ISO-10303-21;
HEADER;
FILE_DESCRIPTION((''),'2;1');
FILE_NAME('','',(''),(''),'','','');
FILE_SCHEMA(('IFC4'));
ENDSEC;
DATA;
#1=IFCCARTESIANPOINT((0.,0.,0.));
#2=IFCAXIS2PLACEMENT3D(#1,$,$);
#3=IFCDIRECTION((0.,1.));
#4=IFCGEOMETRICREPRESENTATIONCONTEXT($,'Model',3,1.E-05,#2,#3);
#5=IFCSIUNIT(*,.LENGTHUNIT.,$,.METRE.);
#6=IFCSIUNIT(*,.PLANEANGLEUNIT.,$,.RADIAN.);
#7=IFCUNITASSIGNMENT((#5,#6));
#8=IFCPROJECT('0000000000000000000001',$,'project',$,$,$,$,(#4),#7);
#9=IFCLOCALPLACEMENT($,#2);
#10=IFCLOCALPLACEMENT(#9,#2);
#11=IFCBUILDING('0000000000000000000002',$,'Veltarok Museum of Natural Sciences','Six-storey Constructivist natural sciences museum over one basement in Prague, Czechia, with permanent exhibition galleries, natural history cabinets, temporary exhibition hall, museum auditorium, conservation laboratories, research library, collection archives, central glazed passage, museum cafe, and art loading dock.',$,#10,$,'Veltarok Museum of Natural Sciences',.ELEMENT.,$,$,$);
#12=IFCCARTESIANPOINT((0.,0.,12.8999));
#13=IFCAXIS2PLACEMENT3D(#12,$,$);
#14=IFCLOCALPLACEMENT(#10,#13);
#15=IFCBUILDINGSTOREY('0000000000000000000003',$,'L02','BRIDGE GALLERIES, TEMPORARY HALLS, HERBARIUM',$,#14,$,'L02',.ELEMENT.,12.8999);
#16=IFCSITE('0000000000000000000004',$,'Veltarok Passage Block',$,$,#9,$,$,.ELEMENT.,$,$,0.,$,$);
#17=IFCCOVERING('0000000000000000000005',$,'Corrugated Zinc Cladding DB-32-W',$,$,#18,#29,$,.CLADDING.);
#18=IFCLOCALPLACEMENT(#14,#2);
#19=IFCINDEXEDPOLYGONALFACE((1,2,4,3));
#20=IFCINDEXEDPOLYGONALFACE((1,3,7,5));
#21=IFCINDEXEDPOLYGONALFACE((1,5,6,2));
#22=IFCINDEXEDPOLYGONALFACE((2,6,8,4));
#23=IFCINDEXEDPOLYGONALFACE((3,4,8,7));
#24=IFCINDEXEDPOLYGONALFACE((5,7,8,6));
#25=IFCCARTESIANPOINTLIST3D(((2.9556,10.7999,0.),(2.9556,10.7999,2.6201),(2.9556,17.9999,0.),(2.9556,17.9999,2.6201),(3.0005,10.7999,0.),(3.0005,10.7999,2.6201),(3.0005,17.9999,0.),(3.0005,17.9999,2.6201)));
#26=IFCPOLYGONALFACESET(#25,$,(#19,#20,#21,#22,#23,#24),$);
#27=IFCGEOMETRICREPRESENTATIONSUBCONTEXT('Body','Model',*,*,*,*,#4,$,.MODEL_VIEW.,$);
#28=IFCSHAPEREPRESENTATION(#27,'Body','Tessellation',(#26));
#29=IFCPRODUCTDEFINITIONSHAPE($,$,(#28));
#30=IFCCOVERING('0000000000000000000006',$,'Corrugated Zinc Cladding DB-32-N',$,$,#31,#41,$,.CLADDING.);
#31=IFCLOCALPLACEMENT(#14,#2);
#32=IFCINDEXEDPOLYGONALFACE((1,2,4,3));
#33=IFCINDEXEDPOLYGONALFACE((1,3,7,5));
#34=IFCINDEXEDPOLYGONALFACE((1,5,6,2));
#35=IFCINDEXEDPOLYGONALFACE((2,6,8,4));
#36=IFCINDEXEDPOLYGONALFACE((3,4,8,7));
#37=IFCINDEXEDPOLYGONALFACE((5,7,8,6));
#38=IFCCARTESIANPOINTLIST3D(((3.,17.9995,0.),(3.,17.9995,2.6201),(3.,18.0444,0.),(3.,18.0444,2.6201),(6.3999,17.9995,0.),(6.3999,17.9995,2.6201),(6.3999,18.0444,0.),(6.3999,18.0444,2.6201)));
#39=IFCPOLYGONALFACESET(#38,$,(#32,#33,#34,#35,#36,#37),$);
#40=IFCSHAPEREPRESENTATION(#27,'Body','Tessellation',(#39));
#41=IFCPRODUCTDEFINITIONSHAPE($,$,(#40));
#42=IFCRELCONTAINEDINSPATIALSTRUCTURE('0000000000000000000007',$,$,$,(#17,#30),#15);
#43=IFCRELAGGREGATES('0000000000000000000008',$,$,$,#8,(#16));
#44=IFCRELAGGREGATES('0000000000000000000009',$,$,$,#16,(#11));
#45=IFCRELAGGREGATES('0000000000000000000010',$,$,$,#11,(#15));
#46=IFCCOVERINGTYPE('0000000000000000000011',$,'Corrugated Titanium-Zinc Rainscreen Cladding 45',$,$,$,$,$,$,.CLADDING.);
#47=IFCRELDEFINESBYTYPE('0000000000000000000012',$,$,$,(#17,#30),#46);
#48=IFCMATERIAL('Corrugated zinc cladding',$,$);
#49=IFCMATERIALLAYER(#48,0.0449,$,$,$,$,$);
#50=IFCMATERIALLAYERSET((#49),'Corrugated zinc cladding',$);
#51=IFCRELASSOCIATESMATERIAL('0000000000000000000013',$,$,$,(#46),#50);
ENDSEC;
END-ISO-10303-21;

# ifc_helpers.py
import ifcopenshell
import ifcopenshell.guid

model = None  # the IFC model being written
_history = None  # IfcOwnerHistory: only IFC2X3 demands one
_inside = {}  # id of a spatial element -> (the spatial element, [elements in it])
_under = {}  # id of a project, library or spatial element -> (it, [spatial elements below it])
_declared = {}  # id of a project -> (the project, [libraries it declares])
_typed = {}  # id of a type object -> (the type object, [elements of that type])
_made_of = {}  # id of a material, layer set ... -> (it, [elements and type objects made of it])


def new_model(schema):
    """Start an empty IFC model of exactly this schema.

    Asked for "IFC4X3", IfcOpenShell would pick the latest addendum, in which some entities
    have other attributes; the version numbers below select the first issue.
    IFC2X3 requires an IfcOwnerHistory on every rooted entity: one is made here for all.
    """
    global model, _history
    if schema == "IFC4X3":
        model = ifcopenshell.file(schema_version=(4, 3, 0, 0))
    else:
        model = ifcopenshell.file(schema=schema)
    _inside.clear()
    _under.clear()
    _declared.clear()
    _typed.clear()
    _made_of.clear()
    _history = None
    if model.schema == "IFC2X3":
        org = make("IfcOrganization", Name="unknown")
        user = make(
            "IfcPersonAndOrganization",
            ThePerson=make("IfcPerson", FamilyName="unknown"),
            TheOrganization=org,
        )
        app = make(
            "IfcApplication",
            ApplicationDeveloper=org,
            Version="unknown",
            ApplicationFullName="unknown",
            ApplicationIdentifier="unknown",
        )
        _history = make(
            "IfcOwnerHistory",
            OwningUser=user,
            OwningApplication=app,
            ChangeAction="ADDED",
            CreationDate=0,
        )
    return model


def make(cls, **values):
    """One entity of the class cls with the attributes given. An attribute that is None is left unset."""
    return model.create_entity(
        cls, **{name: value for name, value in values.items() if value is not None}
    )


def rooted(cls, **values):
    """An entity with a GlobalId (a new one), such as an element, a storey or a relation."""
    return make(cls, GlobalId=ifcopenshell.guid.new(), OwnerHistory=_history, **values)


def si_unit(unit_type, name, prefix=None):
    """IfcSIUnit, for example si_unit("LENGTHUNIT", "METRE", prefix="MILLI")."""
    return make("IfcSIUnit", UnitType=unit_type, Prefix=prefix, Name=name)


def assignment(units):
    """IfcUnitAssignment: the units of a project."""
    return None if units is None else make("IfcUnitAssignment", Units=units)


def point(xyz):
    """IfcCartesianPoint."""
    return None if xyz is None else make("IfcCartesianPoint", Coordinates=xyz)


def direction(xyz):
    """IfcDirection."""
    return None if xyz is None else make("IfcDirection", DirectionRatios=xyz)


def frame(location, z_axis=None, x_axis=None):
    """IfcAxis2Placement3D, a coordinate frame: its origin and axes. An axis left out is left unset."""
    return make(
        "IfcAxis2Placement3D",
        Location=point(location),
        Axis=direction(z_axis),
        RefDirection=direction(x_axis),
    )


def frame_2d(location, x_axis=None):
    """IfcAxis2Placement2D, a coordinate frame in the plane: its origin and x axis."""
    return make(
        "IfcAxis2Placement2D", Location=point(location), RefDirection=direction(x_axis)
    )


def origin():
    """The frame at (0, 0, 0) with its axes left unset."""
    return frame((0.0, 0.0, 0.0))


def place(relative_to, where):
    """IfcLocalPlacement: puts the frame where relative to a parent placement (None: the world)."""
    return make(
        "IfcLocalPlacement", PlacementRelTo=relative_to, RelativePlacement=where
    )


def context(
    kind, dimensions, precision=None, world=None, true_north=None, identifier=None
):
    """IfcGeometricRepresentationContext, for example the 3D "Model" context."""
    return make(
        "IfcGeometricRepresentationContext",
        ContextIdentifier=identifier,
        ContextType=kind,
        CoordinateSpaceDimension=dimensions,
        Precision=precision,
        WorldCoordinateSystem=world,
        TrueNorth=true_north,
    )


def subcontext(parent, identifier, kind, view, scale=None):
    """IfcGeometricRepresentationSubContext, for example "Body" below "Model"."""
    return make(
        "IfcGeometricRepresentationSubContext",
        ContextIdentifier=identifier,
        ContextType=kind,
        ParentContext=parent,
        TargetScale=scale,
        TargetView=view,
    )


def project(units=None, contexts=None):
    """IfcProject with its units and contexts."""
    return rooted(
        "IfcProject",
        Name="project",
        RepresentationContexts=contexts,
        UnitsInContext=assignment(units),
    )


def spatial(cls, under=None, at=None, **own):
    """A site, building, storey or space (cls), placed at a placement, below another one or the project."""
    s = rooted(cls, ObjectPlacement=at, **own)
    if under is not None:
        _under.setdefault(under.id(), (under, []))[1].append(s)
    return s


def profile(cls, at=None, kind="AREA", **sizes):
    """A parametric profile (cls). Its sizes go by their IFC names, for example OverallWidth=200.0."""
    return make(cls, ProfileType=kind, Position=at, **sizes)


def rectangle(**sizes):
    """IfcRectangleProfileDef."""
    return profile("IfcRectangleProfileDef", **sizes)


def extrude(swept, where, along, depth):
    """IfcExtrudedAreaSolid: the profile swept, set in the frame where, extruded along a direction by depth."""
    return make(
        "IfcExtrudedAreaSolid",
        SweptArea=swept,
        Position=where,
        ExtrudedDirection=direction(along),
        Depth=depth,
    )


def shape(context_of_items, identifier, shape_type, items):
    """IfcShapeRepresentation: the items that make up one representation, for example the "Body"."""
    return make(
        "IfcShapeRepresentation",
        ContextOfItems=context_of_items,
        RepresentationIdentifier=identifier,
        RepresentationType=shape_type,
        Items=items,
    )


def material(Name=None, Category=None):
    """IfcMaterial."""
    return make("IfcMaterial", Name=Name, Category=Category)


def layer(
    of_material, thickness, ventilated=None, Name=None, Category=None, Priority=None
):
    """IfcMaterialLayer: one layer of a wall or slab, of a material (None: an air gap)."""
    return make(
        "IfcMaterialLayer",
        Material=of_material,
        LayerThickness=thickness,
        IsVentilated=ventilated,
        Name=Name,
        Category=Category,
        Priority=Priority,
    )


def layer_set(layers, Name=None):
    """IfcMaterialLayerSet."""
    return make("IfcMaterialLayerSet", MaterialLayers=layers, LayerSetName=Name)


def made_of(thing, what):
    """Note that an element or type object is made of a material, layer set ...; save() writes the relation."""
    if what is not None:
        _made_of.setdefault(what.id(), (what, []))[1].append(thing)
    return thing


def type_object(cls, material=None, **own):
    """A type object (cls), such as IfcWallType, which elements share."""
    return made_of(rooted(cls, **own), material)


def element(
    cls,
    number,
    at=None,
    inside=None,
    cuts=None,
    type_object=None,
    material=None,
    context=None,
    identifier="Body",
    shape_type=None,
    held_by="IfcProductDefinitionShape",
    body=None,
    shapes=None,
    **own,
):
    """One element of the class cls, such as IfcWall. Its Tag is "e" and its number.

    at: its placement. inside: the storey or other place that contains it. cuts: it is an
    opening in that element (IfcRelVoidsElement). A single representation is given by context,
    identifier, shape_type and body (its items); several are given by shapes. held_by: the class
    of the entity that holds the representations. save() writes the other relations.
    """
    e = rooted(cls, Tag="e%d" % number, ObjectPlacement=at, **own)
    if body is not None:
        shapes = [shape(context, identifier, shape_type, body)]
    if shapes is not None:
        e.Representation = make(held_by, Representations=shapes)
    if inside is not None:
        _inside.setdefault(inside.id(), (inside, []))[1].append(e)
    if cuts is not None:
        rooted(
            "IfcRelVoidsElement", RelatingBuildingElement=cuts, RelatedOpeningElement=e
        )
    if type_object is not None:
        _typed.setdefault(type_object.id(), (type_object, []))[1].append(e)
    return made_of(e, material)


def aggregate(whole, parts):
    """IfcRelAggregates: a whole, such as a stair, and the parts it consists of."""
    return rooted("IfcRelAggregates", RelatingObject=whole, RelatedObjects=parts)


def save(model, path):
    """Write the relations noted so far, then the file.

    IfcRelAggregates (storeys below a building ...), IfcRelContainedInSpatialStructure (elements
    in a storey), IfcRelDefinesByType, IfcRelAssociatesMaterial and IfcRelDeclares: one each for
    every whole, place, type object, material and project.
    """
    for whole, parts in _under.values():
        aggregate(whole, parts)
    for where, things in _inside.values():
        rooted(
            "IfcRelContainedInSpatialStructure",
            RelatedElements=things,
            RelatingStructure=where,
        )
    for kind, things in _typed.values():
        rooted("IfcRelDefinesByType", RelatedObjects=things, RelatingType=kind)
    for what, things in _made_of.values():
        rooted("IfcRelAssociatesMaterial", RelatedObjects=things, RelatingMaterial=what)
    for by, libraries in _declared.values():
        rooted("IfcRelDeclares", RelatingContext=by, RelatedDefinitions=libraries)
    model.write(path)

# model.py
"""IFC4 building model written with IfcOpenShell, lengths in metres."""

from ifc_helpers import new_model, si_unit, direction, frame, frame_2d, origin, place, context, subcontext, project, spatial, rectangle, extrude, material, layer, layer_set, type_object, element, save


model = new_model("IFC4")

# Units and contexts
model_context = context("Model", 3, precision=1e-05, world=origin(), true_north=direction((0.0, 1.0)))
body_context = subcontext(model_context, "Body", "Model", "MODEL_VIEW")
ifc_project = project(units=[si_unit("LENGTHUNIT", "METRE"), si_unit("PLANEANGLEUNIT", "RADIAN")], contexts=[model_context])

# Site, building, storey
site_placement = place(None, origin())
site = spatial("IfcSite", under=ifc_project, at=site_placement, Name="Veltarok Passage Block", CompositionType="ELEMENT", RefElevation=0.0)
building_placement = place(site_placement, origin())
building = spatial("IfcBuilding", under=site, at=building_placement, Name="Veltarok Museum of Natural Sciences", Description="Six-storey Constructivist natural sciences museum over one basement in Prague, Czechia, with permanent exhibition galleries, natural history cabinets, temporary exhibition hall, museum auditorium, conservation laboratories, research library, collection archives, central glazed passage, museum cafe, and art loading dock.", LongName="Veltarok Museum of Natural Sciences", CompositionType="ELEMENT")
storey_placement = place(building_placement, frame((0.0, 0.0, 12.8999)))
storey = spatial("IfcBuildingStorey", under=building, at=storey_placement, Name="L02", Description="BRIDGE GALLERIES, TEMPORARY HALLS, HERBARIUM", LongName="L02", CompositionType="ELEMENT", Elevation=12.8999)

# Coverings
ifc_material_1 = material(Name="Corrugated zinc cladding")
ifc_layer_1 = layer(ifc_material_1, 0.0449)
ifc_layer_set_1 = layer_set([ifc_layer_1], Name="Corrugated zinc cladding")
covering_type = type_object("IfcCoveringType", Name="Corrugated Titanium-Zinc Rainscreen Cladding 45", PredefinedType="CLADDING", material=ifc_layer_set_1)
covering_1_placement = place(storey_placement, frame((2.978, 18.0, 0.0), z_axis=(0.0, 0.0, 1.0), x_axis=(0.0, -1.0, 0.0)))
element("IfcCovering", 1, at=covering_1_placement, inside=storey, type_object=covering_type, Name="Corrugated Zinc Cladding DB-32-W", PredefinedType="CLADDING", context=body_context, shape_type="SweptSolid", body=[
    extrude(rectangle(XDim=7.2, YDim=0.0449, at=frame_2d((3.6001, 0.0))), origin(), (0.0, 0.0, 1.0), 2.6201),
])
covering_2_placement = place(storey_placement, frame((6.3999, 18.022, 0.0), z_axis=(0.0, 0.0, 1.0), x_axis=(-1.0, 0.0, 0.0)))
element("IfcCovering", 2, at=covering_2_placement, inside=storey, type_object=covering_type, Name="Corrugated Zinc Cladding DB-32-N", PredefinedType="CLADDING", context=body_context, shape_type="SweptSolid", body=[
    extrude(rectangle(XDim=3.3999, YDim=0.0449, at=frame_2d((1.7, 0.0))), origin(), (0.0, 0.0, 1.0), 2.6201),
])

save(model, "model.ifc")
